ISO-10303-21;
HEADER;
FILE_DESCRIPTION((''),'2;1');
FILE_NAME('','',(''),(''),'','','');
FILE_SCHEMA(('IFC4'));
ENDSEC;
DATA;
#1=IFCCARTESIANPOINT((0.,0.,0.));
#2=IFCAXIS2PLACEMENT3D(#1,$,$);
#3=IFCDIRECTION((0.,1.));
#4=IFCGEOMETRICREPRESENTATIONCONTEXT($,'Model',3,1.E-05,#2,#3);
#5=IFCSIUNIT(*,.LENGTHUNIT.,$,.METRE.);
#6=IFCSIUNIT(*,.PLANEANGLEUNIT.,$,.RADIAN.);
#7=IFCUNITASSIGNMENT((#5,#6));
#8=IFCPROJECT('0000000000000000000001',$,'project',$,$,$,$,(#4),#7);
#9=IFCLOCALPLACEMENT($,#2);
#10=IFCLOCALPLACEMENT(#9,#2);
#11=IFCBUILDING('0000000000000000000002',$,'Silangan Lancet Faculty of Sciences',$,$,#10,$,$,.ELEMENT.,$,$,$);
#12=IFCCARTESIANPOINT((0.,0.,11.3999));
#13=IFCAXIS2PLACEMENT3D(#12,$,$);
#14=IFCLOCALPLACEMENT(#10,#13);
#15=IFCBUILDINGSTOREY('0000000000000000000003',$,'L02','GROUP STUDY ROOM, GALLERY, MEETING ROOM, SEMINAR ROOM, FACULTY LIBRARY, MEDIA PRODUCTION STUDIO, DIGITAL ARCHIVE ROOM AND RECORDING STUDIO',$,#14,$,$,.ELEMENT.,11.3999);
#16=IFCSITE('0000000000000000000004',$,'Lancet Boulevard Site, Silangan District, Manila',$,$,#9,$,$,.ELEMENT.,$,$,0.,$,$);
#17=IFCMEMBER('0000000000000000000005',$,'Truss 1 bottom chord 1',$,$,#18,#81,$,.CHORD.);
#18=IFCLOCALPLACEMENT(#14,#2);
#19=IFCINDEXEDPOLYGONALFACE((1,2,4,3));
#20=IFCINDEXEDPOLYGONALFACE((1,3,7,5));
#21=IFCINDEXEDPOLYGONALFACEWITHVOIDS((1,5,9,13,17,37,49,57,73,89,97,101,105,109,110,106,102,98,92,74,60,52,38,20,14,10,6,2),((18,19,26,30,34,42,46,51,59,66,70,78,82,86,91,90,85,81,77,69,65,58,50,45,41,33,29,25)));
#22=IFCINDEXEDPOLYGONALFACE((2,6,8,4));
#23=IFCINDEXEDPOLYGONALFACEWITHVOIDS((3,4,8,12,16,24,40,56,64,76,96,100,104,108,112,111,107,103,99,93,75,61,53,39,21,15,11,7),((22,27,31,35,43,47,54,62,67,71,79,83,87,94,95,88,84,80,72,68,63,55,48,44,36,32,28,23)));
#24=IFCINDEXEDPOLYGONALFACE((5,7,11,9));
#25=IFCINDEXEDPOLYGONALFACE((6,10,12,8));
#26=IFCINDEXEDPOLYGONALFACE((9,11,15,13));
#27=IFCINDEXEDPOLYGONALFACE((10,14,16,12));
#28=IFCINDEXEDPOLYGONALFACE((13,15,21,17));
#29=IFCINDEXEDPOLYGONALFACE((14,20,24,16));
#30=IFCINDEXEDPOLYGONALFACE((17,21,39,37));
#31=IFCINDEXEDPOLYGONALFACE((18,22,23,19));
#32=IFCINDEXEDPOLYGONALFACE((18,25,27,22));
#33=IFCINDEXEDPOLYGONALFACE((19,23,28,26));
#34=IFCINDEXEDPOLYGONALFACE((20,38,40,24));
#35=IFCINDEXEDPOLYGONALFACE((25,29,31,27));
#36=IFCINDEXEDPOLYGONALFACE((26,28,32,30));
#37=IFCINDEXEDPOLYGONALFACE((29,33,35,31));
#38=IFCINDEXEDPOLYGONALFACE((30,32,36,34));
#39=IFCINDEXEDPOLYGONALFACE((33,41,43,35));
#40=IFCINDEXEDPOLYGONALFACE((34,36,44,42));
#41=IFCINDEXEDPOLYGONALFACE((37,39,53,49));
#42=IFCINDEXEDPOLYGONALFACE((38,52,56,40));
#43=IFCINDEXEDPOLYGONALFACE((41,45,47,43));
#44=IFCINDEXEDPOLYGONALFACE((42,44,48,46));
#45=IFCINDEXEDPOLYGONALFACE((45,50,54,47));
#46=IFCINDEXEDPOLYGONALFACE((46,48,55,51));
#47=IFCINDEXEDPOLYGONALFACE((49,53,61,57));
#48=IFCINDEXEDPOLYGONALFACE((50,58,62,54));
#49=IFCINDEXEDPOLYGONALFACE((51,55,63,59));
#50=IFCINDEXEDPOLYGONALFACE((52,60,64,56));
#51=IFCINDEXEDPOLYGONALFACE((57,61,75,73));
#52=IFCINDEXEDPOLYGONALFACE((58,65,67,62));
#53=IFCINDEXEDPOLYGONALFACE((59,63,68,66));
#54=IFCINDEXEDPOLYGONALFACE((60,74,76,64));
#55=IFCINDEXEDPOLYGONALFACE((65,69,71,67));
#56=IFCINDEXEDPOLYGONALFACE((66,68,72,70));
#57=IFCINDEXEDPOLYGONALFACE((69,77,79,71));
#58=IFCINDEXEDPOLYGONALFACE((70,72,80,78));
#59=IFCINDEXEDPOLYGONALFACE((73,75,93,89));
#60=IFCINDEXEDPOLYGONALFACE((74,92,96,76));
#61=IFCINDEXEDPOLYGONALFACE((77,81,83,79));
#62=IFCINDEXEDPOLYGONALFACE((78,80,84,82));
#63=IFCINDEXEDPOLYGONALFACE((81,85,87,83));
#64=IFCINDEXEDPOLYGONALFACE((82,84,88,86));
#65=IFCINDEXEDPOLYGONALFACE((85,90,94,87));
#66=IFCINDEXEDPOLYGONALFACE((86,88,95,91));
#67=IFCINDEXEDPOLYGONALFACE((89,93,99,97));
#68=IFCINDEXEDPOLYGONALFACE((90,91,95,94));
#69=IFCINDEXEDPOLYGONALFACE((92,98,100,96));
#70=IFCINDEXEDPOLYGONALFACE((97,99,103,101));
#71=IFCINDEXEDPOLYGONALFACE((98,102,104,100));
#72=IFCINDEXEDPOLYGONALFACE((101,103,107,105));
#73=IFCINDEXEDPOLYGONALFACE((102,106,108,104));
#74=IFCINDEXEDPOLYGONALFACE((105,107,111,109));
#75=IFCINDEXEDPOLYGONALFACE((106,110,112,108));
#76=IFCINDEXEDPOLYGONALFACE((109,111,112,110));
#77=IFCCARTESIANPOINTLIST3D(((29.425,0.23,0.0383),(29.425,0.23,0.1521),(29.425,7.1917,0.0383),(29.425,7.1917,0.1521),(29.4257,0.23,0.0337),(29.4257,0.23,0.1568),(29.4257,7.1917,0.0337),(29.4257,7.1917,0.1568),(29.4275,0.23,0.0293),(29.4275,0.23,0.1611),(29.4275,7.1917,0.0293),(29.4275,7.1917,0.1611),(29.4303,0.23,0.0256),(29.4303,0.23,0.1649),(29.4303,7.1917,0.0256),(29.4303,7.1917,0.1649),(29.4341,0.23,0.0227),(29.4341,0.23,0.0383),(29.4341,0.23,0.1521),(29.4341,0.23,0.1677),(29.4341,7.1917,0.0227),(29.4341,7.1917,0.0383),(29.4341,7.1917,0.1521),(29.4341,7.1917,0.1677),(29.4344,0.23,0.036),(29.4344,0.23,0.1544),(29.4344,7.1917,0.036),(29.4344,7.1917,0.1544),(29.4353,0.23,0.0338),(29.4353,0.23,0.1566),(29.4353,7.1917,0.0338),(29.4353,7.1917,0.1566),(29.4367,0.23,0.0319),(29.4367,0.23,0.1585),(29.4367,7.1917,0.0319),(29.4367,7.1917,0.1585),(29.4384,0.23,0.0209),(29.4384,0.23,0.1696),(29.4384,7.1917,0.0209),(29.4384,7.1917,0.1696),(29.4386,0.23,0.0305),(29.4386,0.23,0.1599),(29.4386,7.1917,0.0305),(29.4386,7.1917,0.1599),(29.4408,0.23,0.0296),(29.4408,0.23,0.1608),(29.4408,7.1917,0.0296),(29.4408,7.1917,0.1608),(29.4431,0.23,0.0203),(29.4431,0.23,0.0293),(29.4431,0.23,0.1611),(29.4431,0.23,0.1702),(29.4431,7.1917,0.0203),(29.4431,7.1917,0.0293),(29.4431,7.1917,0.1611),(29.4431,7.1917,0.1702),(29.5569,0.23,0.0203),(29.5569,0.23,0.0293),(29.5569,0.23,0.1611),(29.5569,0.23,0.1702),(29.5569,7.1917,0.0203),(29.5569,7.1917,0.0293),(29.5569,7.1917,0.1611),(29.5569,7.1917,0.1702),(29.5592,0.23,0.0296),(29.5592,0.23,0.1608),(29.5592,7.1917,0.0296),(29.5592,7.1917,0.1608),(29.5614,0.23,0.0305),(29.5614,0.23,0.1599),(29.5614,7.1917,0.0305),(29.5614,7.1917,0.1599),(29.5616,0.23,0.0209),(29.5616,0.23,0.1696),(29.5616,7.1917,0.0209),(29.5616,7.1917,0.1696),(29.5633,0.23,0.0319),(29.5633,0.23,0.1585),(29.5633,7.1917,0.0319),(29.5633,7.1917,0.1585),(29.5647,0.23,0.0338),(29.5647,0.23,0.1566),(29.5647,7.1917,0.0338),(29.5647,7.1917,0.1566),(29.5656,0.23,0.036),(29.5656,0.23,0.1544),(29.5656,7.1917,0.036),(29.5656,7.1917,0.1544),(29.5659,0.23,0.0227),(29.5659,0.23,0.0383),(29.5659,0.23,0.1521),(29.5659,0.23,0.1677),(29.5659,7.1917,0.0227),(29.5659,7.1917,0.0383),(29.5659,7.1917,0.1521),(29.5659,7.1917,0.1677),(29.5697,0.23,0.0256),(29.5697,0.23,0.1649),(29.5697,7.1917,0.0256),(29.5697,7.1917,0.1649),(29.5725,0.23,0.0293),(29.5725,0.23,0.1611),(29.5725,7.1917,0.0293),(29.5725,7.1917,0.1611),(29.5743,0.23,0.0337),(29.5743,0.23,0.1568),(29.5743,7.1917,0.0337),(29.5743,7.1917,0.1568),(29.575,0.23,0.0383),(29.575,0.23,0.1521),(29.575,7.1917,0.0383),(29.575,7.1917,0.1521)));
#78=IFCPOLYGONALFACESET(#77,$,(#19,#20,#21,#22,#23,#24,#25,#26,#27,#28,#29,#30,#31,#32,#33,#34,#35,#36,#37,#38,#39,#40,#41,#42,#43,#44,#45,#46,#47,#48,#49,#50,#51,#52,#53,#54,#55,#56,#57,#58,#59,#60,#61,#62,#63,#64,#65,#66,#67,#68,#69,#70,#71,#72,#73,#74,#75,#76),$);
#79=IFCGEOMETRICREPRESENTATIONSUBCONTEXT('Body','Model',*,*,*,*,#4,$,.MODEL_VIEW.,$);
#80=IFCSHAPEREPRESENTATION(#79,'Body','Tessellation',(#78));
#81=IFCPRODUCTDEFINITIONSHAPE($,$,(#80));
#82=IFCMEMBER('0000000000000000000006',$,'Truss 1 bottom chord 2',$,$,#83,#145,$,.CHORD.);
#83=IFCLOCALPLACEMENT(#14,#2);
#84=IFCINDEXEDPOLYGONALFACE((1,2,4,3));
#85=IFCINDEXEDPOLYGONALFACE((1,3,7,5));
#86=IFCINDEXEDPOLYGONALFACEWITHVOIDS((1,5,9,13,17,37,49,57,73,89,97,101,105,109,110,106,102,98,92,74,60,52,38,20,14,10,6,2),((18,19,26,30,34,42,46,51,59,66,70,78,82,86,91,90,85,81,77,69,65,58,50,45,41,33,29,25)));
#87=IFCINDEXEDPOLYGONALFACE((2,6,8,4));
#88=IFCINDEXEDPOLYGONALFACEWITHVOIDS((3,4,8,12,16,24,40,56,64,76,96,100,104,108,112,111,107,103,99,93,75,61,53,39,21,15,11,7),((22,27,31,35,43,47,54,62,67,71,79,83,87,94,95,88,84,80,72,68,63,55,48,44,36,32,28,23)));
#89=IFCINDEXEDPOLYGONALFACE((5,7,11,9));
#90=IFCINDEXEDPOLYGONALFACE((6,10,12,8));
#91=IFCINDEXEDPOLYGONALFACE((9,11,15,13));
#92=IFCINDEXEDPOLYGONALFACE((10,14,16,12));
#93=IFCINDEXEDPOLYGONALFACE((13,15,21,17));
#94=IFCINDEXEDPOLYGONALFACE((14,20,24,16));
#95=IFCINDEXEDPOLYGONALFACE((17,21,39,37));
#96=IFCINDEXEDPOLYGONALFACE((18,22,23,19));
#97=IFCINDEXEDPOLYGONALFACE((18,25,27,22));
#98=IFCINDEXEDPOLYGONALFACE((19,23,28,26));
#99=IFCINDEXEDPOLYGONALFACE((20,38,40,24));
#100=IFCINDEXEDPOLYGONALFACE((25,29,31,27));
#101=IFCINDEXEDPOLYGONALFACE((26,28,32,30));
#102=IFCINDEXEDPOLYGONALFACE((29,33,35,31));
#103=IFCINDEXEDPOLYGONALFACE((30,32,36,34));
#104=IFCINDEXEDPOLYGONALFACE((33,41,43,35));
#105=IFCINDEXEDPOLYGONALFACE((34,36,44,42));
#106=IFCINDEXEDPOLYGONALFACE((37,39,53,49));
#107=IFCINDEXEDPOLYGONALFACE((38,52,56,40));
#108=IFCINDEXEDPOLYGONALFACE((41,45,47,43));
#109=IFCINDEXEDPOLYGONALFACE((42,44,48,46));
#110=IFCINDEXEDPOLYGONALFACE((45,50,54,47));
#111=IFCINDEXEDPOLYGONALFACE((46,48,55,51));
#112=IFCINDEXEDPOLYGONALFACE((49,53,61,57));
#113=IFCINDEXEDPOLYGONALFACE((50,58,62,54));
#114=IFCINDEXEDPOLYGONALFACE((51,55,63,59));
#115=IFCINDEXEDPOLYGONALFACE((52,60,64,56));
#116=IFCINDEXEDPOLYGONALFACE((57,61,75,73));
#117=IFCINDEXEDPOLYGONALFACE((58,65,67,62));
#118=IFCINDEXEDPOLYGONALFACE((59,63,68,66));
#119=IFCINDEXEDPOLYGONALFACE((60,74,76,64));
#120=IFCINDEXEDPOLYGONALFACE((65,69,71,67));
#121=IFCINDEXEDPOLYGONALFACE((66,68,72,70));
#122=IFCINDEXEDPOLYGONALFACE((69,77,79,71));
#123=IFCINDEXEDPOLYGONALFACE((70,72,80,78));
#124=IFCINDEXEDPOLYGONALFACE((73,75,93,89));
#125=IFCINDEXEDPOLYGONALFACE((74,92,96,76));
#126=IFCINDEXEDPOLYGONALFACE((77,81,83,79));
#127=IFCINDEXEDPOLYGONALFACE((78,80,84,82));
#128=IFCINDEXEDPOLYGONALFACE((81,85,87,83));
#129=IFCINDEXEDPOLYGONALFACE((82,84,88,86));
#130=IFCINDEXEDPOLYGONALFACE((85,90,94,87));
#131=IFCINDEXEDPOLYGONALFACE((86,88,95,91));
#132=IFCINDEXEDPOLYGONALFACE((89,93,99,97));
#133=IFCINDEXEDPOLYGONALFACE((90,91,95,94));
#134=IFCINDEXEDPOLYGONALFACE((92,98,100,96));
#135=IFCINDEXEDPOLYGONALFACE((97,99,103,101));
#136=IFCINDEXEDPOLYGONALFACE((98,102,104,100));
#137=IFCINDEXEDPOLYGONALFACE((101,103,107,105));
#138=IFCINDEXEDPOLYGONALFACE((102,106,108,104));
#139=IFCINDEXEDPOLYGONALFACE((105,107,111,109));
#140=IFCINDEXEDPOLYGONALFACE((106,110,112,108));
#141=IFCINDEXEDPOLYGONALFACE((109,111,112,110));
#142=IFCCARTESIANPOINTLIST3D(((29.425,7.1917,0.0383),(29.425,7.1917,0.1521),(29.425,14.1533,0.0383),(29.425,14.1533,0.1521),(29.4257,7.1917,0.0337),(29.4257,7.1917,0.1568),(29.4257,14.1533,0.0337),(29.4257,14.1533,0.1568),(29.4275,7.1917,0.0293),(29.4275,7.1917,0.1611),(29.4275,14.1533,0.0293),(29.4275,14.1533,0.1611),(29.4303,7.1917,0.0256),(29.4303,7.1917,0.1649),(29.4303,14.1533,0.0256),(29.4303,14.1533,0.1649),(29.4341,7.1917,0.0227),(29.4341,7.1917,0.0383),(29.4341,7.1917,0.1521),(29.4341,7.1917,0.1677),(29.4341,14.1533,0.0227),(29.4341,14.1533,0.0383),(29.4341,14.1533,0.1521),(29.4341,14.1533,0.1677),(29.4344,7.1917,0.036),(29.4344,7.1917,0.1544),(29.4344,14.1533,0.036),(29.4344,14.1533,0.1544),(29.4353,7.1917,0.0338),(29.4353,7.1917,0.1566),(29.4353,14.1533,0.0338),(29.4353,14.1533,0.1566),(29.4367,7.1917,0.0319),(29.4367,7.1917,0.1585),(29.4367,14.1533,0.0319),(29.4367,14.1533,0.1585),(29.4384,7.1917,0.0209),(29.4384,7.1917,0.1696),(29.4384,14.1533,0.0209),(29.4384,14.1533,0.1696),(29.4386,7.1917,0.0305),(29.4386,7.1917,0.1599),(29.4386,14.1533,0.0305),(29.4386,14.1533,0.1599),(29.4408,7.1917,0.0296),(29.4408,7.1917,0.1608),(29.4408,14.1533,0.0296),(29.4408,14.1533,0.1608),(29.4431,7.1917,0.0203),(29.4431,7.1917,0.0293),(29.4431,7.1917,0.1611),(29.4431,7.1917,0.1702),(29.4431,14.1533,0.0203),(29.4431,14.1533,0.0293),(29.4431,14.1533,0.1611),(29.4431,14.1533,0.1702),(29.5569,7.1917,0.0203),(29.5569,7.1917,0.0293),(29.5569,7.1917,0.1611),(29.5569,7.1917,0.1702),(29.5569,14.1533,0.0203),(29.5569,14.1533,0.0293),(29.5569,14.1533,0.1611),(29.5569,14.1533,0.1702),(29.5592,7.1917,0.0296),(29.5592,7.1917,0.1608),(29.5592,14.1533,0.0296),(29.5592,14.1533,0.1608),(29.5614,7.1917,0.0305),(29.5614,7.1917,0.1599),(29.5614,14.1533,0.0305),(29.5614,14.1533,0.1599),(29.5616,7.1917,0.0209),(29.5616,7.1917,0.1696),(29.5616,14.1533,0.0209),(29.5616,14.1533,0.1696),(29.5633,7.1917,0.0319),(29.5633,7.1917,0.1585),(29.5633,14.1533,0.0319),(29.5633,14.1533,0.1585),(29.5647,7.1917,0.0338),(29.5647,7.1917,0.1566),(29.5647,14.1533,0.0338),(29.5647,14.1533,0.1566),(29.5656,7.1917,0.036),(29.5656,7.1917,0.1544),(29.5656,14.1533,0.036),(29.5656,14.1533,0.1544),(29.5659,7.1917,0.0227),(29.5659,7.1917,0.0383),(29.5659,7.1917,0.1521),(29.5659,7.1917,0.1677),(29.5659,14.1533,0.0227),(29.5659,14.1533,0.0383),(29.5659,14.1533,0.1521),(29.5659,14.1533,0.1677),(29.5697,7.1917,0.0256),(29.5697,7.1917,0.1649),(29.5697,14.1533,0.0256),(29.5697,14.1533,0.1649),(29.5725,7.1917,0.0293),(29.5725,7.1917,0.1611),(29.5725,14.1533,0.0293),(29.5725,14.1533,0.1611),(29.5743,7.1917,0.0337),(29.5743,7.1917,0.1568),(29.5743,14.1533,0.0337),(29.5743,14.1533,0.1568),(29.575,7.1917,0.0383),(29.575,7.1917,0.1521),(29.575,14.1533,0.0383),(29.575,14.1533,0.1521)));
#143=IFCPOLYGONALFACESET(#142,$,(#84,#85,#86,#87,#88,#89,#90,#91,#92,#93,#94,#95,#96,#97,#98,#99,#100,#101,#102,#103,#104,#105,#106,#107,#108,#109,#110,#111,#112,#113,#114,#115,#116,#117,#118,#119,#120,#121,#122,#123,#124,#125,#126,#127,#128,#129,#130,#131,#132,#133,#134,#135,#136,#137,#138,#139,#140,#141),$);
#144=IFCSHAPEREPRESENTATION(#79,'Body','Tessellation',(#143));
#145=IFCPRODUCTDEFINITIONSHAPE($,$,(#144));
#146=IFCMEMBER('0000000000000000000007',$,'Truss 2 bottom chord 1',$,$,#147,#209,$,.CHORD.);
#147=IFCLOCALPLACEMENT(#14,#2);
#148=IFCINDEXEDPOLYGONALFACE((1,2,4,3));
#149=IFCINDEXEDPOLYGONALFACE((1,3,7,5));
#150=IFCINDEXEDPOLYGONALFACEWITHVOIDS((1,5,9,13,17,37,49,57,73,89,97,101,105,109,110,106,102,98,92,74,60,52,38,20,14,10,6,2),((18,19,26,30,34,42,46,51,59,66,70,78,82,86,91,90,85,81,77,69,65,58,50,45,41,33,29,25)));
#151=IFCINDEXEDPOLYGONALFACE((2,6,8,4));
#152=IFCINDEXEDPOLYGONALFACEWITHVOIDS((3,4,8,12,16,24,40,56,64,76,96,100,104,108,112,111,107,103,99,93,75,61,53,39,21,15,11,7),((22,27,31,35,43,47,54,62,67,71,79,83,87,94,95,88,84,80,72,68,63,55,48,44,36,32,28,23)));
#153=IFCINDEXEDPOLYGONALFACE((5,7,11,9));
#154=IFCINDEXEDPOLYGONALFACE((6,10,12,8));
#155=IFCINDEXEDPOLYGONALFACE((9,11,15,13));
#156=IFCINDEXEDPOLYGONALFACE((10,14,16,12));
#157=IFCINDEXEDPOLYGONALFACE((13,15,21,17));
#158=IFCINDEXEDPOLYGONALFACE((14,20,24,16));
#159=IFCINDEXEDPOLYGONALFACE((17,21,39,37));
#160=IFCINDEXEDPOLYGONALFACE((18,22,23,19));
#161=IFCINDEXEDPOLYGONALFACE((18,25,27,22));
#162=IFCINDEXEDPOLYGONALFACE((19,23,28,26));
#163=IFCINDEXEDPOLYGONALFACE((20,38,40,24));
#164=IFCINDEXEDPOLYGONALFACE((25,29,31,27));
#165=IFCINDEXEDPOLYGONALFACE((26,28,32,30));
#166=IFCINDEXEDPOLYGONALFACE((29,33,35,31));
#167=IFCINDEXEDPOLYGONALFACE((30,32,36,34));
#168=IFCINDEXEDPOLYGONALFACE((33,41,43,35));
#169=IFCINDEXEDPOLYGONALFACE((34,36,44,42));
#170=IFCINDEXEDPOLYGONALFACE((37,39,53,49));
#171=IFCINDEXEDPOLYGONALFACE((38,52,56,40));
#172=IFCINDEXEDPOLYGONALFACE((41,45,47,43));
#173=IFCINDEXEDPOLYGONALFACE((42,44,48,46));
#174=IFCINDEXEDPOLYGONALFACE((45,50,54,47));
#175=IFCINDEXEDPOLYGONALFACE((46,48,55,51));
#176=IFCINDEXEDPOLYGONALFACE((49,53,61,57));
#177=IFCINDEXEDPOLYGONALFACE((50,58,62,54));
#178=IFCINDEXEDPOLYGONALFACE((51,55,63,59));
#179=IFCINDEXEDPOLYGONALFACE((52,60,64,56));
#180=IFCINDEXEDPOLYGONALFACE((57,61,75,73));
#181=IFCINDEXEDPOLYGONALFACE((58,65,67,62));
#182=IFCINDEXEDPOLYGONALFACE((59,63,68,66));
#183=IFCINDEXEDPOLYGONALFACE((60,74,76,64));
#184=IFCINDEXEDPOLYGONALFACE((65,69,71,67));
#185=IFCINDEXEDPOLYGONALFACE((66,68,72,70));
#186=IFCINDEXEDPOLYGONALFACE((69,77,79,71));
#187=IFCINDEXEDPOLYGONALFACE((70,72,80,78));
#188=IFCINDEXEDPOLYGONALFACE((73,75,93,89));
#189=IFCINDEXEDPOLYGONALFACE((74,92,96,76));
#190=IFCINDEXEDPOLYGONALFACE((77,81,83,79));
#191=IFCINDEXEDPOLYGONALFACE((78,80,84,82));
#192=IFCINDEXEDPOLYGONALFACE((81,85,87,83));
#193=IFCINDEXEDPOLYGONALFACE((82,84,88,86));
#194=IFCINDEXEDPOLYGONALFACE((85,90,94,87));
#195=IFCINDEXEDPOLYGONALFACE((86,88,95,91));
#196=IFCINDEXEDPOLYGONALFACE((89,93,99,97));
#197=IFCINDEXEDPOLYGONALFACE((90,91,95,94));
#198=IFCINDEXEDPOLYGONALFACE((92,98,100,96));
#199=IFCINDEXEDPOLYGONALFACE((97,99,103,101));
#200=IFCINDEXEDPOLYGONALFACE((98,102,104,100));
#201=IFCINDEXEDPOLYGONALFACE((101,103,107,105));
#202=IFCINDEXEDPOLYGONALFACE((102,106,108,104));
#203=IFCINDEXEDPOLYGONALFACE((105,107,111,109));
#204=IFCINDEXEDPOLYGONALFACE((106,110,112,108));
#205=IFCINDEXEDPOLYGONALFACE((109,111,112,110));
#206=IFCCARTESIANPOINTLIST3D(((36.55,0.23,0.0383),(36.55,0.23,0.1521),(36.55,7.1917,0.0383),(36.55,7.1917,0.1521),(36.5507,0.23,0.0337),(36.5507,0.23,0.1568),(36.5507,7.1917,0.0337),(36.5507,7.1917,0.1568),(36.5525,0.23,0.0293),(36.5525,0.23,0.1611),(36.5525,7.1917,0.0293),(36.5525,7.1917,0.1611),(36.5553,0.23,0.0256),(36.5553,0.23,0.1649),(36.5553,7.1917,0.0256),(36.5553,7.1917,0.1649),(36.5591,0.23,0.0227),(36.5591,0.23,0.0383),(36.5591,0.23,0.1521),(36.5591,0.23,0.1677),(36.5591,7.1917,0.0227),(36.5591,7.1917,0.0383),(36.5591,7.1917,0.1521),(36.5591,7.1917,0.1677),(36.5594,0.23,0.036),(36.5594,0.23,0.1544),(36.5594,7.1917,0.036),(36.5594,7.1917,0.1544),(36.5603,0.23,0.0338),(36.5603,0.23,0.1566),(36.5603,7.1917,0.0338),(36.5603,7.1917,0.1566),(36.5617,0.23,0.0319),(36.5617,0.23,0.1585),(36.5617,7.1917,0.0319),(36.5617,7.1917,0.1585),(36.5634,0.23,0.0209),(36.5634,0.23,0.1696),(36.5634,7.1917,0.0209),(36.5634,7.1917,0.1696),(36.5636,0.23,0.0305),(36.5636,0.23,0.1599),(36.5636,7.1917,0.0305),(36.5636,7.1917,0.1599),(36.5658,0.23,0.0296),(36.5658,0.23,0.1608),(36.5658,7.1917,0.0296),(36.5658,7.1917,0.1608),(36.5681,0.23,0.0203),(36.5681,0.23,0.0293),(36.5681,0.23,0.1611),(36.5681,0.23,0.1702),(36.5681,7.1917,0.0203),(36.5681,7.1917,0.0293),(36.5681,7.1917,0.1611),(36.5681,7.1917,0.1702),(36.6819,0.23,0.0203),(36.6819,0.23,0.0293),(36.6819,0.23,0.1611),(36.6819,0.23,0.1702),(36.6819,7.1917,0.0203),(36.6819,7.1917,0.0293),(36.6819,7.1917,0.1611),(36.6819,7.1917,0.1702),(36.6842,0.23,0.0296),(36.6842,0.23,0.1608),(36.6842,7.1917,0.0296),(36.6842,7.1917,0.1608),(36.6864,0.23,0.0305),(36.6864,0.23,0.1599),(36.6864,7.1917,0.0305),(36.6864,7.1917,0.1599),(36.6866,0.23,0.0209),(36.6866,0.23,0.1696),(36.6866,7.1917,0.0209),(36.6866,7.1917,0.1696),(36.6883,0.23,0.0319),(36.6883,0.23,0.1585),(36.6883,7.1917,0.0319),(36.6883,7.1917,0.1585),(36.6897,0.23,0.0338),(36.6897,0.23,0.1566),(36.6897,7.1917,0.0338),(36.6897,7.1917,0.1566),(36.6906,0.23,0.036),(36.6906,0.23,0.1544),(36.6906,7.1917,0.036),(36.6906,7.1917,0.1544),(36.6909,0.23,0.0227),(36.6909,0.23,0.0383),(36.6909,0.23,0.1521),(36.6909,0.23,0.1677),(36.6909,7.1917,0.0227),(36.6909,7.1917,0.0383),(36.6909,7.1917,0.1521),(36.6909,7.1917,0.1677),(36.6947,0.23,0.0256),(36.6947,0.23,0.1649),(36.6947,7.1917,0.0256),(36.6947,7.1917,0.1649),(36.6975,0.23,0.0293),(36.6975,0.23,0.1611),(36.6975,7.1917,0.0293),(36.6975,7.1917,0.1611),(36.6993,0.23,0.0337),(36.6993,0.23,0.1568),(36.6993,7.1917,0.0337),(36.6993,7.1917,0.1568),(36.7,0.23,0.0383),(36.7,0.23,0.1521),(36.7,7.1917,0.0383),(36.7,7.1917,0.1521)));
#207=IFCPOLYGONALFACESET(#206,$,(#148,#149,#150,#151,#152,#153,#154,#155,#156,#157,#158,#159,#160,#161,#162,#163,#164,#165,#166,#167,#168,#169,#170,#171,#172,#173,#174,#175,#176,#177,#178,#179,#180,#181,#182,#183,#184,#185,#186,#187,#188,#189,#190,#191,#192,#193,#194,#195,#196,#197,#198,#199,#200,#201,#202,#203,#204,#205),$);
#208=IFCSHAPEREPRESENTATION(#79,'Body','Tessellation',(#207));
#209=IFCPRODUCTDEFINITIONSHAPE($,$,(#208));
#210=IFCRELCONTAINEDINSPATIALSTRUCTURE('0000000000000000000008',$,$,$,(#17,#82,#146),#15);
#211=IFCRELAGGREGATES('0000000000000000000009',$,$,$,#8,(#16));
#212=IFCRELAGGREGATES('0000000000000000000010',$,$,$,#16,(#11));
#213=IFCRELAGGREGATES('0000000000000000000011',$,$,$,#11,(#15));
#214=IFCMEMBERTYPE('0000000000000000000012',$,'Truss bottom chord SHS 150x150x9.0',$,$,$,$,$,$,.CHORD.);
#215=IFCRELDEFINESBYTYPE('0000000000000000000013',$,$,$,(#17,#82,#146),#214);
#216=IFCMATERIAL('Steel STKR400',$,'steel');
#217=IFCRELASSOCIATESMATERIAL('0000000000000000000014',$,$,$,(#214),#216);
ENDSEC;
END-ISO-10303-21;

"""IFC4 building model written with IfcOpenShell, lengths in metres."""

from ifc_helpers import new_model, si_unit, direction, frame, origin, origin_2d, place, context, subcontext, project, spatial, hollow_rectangle, extrude, material, material_profile, profile_set, type_object, element, save


model = new_model("IFC4")

# Units and contexts
model_context = context("Model", 3, precision=1e-05, world=origin(), true_north=direction((0.0, 1.0)))
body_context = subcontext(model_context, "Body", "Model", "MODEL_VIEW")
ifc_project = project(units=[si_unit("LENGTHUNIT", "METRE"), si_unit("PLANEANGLEUNIT", "RADIAN")], contexts=[model_context])

# Site, building, storey
site_placement = place(None, origin())
site = spatial("IfcSite", under=ifc_project, at=site_placement, Name="Lancet Boulevard Site, Silangan District, Manila", CompositionType="ELEMENT", RefElevation=0.0)
building_placement = place(site_placement, origin())
building = spatial("IfcBuilding", under=site, at=building_placement, Name="Silangan Lancet Faculty of Sciences", CompositionType="ELEMENT")
storey_placement = place(building_placement, frame((0.0, 0.0, 11.3999)))
storey = spatial("IfcBuildingStorey", under=building, at=storey_placement, Name="L02", Description="GROUP STUDY ROOM, GALLERY, MEETING ROOM, SEMINAR ROOM, FACULTY LIBRARY, MEDIA PRODUCTION STUDIO, DIGITAL ARCHIVE ROOM AND RECORDING STUDIO", CompositionType="ELEMENT", Elevation=11.3999)

# Members
ifc_material_1 = material(Name="Steel STKR400", Category="steel")
ifc_material_profile_1 = material_profile(ifc_material_1, hollow_rectangle(XDim=0.1499, YDim=0.1499, WallThickness=0.009, InnerFilletRadius=0.009, OuterFilletRadius=0.0181, at=origin_2d()), Name="SHS 150x150x9.0")
ifc_profile_set_1 = profile_set([ifc_material_profile_1], Name="Steel STKR400")
member_type_1 = type_object("IfcMemberType", Name="Truss bottom chord SHS 150x150x9.0", PredefinedType="CHORD", material=ifc_profile_set_1)
for number, where, z_axis, x_axis, name in (
    (1, (29.5, 0.23, 0.0952), (0.0, 1.0, 0.0), (-1.0, 0.0, 0.0), "Truss 1 bottom chord 1"),
    (2, (29.5, 7.1917, 0.0952), (0.0, 1.0, 0.0), (-1.0, 0.0, 0.0), "Truss 1 bottom chord 2"),
    (3, (36.625, 0.23, 0.0952), (0.0, 1.0, 0.0), (-1.0, 0.0, 0.0), "Truss 2 bottom chord 1"),
):
    element("IfcMember", number, at=place(storey_placement, frame(where, z_axis=z_axis, x_axis=x_axis)), inside=storey, type_object=member_type_1, Name=name, PredefinedType="CHORD", context=body_context, shape_type="SweptSolid", body=[
        extrude(hollow_rectangle(XDim=0.1499, YDim=0.1499, WallThickness=0.009, InnerFilletRadius=0.009, OuterFilletRadius=0.0181, at=origin_2d()), origin(), (0.0, 0.0, 1.0), 6.9617),
    ])

save(model, "model.ifc")
